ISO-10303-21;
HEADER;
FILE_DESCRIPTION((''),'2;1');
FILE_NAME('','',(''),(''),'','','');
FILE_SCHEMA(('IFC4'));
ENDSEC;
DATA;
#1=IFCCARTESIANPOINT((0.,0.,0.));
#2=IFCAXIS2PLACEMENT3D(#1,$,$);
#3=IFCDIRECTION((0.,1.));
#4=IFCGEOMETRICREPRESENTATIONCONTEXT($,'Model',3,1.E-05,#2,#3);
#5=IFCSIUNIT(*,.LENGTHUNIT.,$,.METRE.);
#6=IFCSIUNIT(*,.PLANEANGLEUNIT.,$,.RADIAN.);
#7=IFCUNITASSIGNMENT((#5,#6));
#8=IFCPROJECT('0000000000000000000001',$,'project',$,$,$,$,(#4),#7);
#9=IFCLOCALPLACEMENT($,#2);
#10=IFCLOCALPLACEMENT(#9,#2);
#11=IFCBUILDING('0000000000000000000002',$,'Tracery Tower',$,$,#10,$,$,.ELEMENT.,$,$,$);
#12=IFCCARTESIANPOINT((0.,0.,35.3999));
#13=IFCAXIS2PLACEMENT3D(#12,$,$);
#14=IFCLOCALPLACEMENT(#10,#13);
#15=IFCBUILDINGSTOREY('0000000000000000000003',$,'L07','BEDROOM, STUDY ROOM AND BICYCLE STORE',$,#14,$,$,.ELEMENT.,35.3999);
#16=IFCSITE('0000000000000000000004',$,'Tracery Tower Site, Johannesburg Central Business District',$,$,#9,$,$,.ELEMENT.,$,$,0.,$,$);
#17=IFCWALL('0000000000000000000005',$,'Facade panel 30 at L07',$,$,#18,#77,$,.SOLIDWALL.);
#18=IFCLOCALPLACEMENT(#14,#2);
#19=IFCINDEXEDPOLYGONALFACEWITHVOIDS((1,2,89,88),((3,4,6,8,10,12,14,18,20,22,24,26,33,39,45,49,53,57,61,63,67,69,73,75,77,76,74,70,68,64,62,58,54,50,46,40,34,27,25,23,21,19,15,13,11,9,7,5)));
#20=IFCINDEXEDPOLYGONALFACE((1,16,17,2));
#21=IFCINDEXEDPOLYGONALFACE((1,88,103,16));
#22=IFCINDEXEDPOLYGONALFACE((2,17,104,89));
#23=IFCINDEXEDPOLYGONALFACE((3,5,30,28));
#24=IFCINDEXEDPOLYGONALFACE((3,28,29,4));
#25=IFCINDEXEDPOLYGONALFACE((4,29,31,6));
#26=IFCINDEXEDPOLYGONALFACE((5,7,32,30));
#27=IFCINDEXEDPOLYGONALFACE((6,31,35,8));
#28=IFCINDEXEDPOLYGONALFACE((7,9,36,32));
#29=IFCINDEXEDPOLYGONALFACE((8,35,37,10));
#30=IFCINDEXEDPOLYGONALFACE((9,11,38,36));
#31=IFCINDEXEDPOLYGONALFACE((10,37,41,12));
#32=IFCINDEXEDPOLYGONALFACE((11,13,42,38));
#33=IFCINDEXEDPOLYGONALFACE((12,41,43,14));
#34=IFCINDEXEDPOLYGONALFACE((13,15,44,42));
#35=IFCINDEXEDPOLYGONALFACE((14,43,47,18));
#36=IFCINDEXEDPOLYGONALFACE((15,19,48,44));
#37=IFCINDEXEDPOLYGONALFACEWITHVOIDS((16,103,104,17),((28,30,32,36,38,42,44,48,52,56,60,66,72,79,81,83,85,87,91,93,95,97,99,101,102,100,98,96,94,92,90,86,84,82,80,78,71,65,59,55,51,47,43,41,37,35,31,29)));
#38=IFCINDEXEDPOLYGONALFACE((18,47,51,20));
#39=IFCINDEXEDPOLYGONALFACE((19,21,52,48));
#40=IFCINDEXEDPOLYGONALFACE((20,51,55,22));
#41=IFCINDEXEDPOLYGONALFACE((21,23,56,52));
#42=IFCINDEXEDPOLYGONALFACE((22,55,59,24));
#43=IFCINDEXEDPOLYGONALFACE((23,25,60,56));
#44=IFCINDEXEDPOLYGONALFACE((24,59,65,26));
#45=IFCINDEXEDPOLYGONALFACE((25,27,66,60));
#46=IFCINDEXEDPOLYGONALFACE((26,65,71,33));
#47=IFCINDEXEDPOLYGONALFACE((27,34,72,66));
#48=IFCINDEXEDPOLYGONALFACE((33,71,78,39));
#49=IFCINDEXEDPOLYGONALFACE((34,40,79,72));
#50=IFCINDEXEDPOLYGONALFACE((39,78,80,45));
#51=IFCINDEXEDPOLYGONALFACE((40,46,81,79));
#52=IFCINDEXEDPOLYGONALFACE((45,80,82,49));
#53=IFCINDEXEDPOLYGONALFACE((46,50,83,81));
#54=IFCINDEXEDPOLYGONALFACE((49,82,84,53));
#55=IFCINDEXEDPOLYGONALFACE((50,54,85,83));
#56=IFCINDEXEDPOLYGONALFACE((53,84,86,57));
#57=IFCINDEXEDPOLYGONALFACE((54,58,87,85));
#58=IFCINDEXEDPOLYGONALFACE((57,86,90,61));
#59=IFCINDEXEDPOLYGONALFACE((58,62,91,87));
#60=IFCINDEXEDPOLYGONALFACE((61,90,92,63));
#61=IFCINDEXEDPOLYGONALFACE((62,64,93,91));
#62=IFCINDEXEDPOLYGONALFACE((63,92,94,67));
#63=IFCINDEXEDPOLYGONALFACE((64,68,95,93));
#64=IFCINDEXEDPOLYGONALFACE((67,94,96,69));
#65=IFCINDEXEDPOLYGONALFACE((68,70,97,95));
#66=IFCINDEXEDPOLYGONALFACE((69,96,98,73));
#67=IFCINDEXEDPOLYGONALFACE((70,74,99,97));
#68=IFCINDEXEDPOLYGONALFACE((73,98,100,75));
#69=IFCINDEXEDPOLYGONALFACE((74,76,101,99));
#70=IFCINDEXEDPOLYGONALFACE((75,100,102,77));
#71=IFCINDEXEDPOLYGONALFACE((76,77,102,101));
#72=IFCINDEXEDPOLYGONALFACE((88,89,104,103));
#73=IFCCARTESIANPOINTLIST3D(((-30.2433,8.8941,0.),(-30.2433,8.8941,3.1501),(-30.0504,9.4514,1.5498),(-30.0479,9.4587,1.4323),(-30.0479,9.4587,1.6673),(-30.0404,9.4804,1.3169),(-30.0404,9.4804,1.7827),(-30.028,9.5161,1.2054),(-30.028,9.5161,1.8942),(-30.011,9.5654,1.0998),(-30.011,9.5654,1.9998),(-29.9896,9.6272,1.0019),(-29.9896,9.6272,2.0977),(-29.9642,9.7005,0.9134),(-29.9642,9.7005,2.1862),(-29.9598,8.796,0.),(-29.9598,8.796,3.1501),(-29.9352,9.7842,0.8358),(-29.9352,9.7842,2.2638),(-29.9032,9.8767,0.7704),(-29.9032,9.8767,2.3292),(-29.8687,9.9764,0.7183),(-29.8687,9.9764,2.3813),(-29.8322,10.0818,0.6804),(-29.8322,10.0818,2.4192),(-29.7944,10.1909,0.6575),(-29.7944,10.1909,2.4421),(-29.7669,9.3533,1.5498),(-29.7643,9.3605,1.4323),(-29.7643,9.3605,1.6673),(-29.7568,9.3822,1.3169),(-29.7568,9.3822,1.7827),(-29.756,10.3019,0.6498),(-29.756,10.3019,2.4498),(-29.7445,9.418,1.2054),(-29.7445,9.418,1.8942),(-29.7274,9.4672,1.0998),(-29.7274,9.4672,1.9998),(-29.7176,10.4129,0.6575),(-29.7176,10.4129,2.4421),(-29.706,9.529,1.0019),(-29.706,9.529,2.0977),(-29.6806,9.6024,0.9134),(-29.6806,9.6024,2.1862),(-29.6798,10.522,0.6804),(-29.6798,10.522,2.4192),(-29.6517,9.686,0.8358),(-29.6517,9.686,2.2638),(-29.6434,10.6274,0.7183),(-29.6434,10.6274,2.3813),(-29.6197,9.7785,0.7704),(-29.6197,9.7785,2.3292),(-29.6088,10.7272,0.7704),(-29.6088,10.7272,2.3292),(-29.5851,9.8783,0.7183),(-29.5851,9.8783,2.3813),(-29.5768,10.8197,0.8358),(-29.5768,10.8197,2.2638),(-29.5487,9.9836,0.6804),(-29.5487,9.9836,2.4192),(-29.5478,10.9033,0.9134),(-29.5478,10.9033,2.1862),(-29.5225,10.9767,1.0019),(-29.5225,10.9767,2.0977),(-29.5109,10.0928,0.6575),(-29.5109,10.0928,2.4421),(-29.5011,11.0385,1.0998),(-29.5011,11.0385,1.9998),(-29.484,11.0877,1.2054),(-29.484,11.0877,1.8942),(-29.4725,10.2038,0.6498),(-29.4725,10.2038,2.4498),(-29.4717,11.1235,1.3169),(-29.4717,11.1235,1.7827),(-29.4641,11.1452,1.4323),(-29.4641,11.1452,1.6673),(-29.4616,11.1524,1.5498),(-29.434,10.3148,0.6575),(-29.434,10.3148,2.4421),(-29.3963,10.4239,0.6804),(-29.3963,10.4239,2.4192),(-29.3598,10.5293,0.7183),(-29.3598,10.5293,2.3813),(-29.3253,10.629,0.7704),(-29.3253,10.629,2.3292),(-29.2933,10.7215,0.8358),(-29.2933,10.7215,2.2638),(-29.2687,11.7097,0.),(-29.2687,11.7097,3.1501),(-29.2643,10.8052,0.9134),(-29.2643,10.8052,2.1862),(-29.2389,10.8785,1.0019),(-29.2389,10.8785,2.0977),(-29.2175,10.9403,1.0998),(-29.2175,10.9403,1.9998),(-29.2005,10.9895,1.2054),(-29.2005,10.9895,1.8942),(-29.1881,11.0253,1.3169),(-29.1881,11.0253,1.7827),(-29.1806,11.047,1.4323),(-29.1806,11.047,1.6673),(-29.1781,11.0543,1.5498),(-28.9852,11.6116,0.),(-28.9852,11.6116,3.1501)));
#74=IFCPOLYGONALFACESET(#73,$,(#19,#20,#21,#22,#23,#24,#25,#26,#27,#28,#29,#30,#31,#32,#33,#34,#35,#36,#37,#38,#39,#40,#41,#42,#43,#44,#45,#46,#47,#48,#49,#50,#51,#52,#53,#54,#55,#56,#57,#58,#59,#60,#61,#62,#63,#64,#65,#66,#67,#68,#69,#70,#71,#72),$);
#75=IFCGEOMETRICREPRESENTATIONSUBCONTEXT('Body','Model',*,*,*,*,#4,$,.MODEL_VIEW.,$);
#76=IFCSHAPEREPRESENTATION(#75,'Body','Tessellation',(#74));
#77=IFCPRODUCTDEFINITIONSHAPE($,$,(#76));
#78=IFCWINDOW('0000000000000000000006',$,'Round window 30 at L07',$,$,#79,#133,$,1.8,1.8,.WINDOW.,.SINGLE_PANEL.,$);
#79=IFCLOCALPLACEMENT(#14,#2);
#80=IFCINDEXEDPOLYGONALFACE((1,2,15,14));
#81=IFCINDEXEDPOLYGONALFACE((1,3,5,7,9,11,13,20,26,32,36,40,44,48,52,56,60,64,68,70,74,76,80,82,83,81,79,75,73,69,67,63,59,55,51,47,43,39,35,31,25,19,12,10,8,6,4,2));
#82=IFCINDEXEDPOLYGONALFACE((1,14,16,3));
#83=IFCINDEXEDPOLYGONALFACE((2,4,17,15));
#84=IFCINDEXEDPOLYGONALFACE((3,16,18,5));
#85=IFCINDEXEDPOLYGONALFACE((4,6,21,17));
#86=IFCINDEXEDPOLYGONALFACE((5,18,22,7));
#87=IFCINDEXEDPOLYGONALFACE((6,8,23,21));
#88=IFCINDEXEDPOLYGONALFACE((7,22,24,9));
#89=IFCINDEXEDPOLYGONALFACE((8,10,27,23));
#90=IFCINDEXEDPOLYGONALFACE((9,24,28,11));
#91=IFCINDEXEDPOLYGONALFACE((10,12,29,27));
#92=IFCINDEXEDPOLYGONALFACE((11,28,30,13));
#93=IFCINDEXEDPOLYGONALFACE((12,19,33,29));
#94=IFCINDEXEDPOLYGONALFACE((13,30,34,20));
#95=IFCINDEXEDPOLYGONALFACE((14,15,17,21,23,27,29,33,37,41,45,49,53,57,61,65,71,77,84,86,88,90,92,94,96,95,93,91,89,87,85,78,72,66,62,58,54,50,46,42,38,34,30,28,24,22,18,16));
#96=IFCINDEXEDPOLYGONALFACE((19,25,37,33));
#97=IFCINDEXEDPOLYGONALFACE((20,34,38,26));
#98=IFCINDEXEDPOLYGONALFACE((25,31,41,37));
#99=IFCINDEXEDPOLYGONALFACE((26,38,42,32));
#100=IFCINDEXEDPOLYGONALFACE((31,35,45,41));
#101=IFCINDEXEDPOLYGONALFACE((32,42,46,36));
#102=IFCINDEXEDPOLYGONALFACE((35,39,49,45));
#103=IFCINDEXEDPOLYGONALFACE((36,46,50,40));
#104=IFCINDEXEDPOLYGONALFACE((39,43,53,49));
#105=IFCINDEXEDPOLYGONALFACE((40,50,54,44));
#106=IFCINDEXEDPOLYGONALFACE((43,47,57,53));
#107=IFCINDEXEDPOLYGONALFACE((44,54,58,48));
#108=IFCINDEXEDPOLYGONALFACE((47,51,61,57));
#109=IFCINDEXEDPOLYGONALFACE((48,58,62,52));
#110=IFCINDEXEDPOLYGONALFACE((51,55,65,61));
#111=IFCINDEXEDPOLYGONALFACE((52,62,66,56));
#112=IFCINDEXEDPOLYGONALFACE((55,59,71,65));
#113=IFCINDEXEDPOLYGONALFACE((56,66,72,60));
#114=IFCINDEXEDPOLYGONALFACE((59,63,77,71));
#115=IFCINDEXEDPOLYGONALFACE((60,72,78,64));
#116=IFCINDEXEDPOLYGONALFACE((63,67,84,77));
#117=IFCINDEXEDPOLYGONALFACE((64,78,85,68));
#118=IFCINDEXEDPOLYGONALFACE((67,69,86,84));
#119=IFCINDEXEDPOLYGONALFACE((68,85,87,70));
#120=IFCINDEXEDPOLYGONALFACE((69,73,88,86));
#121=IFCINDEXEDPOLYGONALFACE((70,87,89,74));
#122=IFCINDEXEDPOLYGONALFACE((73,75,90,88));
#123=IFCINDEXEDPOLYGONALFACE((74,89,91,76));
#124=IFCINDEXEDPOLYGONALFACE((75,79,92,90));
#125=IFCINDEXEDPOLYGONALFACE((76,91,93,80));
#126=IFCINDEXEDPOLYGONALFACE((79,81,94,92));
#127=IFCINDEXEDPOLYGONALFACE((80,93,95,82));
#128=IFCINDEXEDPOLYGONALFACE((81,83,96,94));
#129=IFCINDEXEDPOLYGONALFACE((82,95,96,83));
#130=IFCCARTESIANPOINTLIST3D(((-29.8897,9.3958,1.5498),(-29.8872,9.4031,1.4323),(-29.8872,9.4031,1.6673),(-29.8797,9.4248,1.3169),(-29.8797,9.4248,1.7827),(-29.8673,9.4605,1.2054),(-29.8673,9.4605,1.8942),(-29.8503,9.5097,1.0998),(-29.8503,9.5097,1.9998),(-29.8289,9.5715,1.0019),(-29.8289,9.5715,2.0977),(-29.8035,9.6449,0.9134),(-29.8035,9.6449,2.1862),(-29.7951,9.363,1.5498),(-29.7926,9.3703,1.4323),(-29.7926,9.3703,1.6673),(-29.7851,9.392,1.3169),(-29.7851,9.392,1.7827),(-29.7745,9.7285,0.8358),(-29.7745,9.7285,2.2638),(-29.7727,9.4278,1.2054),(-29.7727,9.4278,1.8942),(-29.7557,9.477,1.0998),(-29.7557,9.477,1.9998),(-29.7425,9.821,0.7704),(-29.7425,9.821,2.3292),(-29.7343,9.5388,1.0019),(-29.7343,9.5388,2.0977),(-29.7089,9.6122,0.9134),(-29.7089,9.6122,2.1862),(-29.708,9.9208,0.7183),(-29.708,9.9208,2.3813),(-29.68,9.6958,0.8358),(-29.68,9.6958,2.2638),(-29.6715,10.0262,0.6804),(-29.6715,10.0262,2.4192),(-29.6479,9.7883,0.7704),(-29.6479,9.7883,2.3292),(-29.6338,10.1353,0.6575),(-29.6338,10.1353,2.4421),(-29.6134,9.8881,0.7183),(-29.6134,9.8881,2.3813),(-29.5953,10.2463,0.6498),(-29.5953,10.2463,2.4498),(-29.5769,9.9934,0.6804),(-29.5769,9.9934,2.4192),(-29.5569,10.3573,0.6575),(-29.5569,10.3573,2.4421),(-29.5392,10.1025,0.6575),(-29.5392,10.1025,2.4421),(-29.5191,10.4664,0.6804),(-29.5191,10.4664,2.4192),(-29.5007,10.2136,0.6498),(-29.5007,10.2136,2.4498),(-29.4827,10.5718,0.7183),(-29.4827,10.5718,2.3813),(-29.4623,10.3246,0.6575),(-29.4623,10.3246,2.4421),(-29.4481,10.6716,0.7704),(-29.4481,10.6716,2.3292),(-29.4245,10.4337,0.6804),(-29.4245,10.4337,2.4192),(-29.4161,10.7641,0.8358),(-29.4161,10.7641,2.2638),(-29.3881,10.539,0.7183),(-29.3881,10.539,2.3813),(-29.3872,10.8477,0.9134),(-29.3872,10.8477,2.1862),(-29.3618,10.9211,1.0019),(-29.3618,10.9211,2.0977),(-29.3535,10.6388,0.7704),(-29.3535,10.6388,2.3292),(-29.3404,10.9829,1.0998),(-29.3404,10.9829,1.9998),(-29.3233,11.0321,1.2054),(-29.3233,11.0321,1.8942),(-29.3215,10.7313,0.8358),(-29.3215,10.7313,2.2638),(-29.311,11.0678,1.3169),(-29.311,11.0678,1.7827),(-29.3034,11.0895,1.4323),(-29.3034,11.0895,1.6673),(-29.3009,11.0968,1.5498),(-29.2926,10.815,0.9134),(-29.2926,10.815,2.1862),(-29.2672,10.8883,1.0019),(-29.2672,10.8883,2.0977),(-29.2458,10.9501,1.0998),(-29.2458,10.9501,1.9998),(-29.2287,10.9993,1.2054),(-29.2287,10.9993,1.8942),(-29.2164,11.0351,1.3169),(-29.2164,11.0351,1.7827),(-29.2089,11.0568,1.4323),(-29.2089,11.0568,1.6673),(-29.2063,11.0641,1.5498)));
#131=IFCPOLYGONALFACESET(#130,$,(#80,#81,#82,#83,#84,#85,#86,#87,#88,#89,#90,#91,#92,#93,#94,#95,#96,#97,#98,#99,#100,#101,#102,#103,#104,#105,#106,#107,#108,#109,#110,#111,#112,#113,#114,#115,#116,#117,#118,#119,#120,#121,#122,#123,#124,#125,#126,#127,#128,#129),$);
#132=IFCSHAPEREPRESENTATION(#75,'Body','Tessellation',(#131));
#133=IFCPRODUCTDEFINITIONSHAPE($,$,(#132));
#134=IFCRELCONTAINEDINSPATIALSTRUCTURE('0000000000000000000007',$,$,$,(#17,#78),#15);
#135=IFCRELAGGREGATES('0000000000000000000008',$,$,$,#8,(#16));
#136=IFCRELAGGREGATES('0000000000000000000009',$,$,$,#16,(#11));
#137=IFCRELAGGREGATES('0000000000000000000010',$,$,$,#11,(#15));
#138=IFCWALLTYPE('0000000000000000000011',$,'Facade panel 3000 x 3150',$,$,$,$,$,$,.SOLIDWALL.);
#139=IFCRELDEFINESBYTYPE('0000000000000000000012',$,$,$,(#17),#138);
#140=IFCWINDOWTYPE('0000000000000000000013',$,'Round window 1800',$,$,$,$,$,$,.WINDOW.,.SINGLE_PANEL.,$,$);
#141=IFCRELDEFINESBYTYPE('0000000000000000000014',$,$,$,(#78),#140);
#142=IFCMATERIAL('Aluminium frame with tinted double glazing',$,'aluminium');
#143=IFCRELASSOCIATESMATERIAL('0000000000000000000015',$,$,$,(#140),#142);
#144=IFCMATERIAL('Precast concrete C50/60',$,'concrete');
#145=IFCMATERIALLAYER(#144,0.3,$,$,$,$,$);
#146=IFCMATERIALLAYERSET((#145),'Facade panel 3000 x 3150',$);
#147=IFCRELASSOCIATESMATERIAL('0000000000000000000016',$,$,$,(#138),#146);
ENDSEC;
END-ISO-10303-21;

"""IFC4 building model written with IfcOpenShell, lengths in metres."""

from ifc_helpers import new_model, si_unit, direction, frame, frame_2d, origin, origin_2d, place, context, subcontext, project, spatial, rectangle, circle, extrude, material, layer, layer_set, type_object, element, fill, save


model = new_model("IFC4")

# Units and contexts
model_context = context("Model", 3, precision=1e-05, world=origin(), true_north=direction((0.0, 1.0)))
body_context = subcontext(model_context, "Body", "Model", "MODEL_VIEW")
ifc_project = project(units=[si_unit("LENGTHUNIT", "METRE"), si_unit("PLANEANGLEUNIT", "RADIAN")], contexts=[model_context])

# Site, building, storey
site_placement = place(None, origin())
site = spatial("IfcSite", under=ifc_project, at=site_placement, Name="Tracery Tower Site, Johannesburg Central Business District", CompositionType="ELEMENT", RefElevation=0.0)
building_placement = place(site_placement, origin())
building = spatial("IfcBuilding", under=site, at=building_placement, Name="Tracery Tower", CompositionType="ELEMENT")
storey_placement = place(building_placement, frame((0.0, 0.0, 35.3999)))
storey = spatial("IfcBuildingStorey", under=building, at=storey_placement, Name="L07", Description="BEDROOM, STUDY ROOM AND BICYCLE STORE", CompositionType="ELEMENT", Elevation=35.3999)

# Wall, opening, window
ifc_material_1 = material(Name="Aluminium frame with tinted double glazing", Category="aluminium")
window_type = type_object("IfcWindowType", Name="Round window 1800", PartitioningType="SINGLE_PANEL", PredefinedType="WINDOW", material=ifc_material_1)
ifc_material_2 = material(Name="Precast concrete C50/60", Category="concrete")
ifc_layer_1 = layer(ifc_material_2, 0.3)
ifc_layer_set_1 = layer_set([ifc_layer_1], Name="Facade panel 3000 x 3150")
wall_type_1 = type_object("IfcWallType", Name="Facade panel 3000 x 3150", PredefinedType="SOLIDWALL", material=ifc_layer_set_1)
wall_1_placement = place(storey_placement, frame((-29.127, 11.6606, 0.0), z_axis=(0.0, 0.0, 1.0), x_axis=(-0.327096, -0.944991, 0.0)))
wall_1 = element("IfcWall", 1, at=wall_1_placement, inside=storey, type_object=wall_type_1, Name="Facade panel 30 at L07", PredefinedType="SOLIDWALL", context=body_context, shape_type="SweptSolid", body=[
    extrude(rectangle(XDim=2.9795, YDim=0.3, at=frame_2d((1.4897, 0.0))), origin(), (0.0, 0.0, 1.0), 3.1501),
])
opening_1_placement = place(wall_1_placement, frame((1.4897, 0.0, 1.5498)))
opening_1 = element("IfcOpeningElement", 2, at=opening_1_placement, cuts=wall_1, PredefinedType="OPENING", context=body_context, shape_type="SweptSolid", body=[
    extrude(circle(Radius=0.9, at=origin_2d()), frame((0.0, 0.1599, 0.0), z_axis=(0.0, -1.0, 0.0), x_axis=(1.0, 0.0, 0.0)), (0.0, 0.0, 1.0), 0.3201),
])
window_1_placement = place(opening_1_placement, origin())
window_1 = element("IfcWindow", 3, at=window_1_placement, inside=storey, type_object=window_type, Name="Round window 30 at L07", OverallHeight=1.8, OverallWidth=1.8, PartitioningType="SINGLE_PANEL", PredefinedType="WINDOW", context=body_context, shape_type="SweptSolid", body=[
    extrude(circle(Radius=0.9, at=origin_2d()), frame((0.0, 0.1201, 0.0), z_axis=(0.0, -1.0, 0.0), x_axis=(1.0, 0.0, 0.0)), (0.0, 0.0, 1.0), 0.1001),
])
fill(opening_1, window_1)

save(model, "model.ifc")
